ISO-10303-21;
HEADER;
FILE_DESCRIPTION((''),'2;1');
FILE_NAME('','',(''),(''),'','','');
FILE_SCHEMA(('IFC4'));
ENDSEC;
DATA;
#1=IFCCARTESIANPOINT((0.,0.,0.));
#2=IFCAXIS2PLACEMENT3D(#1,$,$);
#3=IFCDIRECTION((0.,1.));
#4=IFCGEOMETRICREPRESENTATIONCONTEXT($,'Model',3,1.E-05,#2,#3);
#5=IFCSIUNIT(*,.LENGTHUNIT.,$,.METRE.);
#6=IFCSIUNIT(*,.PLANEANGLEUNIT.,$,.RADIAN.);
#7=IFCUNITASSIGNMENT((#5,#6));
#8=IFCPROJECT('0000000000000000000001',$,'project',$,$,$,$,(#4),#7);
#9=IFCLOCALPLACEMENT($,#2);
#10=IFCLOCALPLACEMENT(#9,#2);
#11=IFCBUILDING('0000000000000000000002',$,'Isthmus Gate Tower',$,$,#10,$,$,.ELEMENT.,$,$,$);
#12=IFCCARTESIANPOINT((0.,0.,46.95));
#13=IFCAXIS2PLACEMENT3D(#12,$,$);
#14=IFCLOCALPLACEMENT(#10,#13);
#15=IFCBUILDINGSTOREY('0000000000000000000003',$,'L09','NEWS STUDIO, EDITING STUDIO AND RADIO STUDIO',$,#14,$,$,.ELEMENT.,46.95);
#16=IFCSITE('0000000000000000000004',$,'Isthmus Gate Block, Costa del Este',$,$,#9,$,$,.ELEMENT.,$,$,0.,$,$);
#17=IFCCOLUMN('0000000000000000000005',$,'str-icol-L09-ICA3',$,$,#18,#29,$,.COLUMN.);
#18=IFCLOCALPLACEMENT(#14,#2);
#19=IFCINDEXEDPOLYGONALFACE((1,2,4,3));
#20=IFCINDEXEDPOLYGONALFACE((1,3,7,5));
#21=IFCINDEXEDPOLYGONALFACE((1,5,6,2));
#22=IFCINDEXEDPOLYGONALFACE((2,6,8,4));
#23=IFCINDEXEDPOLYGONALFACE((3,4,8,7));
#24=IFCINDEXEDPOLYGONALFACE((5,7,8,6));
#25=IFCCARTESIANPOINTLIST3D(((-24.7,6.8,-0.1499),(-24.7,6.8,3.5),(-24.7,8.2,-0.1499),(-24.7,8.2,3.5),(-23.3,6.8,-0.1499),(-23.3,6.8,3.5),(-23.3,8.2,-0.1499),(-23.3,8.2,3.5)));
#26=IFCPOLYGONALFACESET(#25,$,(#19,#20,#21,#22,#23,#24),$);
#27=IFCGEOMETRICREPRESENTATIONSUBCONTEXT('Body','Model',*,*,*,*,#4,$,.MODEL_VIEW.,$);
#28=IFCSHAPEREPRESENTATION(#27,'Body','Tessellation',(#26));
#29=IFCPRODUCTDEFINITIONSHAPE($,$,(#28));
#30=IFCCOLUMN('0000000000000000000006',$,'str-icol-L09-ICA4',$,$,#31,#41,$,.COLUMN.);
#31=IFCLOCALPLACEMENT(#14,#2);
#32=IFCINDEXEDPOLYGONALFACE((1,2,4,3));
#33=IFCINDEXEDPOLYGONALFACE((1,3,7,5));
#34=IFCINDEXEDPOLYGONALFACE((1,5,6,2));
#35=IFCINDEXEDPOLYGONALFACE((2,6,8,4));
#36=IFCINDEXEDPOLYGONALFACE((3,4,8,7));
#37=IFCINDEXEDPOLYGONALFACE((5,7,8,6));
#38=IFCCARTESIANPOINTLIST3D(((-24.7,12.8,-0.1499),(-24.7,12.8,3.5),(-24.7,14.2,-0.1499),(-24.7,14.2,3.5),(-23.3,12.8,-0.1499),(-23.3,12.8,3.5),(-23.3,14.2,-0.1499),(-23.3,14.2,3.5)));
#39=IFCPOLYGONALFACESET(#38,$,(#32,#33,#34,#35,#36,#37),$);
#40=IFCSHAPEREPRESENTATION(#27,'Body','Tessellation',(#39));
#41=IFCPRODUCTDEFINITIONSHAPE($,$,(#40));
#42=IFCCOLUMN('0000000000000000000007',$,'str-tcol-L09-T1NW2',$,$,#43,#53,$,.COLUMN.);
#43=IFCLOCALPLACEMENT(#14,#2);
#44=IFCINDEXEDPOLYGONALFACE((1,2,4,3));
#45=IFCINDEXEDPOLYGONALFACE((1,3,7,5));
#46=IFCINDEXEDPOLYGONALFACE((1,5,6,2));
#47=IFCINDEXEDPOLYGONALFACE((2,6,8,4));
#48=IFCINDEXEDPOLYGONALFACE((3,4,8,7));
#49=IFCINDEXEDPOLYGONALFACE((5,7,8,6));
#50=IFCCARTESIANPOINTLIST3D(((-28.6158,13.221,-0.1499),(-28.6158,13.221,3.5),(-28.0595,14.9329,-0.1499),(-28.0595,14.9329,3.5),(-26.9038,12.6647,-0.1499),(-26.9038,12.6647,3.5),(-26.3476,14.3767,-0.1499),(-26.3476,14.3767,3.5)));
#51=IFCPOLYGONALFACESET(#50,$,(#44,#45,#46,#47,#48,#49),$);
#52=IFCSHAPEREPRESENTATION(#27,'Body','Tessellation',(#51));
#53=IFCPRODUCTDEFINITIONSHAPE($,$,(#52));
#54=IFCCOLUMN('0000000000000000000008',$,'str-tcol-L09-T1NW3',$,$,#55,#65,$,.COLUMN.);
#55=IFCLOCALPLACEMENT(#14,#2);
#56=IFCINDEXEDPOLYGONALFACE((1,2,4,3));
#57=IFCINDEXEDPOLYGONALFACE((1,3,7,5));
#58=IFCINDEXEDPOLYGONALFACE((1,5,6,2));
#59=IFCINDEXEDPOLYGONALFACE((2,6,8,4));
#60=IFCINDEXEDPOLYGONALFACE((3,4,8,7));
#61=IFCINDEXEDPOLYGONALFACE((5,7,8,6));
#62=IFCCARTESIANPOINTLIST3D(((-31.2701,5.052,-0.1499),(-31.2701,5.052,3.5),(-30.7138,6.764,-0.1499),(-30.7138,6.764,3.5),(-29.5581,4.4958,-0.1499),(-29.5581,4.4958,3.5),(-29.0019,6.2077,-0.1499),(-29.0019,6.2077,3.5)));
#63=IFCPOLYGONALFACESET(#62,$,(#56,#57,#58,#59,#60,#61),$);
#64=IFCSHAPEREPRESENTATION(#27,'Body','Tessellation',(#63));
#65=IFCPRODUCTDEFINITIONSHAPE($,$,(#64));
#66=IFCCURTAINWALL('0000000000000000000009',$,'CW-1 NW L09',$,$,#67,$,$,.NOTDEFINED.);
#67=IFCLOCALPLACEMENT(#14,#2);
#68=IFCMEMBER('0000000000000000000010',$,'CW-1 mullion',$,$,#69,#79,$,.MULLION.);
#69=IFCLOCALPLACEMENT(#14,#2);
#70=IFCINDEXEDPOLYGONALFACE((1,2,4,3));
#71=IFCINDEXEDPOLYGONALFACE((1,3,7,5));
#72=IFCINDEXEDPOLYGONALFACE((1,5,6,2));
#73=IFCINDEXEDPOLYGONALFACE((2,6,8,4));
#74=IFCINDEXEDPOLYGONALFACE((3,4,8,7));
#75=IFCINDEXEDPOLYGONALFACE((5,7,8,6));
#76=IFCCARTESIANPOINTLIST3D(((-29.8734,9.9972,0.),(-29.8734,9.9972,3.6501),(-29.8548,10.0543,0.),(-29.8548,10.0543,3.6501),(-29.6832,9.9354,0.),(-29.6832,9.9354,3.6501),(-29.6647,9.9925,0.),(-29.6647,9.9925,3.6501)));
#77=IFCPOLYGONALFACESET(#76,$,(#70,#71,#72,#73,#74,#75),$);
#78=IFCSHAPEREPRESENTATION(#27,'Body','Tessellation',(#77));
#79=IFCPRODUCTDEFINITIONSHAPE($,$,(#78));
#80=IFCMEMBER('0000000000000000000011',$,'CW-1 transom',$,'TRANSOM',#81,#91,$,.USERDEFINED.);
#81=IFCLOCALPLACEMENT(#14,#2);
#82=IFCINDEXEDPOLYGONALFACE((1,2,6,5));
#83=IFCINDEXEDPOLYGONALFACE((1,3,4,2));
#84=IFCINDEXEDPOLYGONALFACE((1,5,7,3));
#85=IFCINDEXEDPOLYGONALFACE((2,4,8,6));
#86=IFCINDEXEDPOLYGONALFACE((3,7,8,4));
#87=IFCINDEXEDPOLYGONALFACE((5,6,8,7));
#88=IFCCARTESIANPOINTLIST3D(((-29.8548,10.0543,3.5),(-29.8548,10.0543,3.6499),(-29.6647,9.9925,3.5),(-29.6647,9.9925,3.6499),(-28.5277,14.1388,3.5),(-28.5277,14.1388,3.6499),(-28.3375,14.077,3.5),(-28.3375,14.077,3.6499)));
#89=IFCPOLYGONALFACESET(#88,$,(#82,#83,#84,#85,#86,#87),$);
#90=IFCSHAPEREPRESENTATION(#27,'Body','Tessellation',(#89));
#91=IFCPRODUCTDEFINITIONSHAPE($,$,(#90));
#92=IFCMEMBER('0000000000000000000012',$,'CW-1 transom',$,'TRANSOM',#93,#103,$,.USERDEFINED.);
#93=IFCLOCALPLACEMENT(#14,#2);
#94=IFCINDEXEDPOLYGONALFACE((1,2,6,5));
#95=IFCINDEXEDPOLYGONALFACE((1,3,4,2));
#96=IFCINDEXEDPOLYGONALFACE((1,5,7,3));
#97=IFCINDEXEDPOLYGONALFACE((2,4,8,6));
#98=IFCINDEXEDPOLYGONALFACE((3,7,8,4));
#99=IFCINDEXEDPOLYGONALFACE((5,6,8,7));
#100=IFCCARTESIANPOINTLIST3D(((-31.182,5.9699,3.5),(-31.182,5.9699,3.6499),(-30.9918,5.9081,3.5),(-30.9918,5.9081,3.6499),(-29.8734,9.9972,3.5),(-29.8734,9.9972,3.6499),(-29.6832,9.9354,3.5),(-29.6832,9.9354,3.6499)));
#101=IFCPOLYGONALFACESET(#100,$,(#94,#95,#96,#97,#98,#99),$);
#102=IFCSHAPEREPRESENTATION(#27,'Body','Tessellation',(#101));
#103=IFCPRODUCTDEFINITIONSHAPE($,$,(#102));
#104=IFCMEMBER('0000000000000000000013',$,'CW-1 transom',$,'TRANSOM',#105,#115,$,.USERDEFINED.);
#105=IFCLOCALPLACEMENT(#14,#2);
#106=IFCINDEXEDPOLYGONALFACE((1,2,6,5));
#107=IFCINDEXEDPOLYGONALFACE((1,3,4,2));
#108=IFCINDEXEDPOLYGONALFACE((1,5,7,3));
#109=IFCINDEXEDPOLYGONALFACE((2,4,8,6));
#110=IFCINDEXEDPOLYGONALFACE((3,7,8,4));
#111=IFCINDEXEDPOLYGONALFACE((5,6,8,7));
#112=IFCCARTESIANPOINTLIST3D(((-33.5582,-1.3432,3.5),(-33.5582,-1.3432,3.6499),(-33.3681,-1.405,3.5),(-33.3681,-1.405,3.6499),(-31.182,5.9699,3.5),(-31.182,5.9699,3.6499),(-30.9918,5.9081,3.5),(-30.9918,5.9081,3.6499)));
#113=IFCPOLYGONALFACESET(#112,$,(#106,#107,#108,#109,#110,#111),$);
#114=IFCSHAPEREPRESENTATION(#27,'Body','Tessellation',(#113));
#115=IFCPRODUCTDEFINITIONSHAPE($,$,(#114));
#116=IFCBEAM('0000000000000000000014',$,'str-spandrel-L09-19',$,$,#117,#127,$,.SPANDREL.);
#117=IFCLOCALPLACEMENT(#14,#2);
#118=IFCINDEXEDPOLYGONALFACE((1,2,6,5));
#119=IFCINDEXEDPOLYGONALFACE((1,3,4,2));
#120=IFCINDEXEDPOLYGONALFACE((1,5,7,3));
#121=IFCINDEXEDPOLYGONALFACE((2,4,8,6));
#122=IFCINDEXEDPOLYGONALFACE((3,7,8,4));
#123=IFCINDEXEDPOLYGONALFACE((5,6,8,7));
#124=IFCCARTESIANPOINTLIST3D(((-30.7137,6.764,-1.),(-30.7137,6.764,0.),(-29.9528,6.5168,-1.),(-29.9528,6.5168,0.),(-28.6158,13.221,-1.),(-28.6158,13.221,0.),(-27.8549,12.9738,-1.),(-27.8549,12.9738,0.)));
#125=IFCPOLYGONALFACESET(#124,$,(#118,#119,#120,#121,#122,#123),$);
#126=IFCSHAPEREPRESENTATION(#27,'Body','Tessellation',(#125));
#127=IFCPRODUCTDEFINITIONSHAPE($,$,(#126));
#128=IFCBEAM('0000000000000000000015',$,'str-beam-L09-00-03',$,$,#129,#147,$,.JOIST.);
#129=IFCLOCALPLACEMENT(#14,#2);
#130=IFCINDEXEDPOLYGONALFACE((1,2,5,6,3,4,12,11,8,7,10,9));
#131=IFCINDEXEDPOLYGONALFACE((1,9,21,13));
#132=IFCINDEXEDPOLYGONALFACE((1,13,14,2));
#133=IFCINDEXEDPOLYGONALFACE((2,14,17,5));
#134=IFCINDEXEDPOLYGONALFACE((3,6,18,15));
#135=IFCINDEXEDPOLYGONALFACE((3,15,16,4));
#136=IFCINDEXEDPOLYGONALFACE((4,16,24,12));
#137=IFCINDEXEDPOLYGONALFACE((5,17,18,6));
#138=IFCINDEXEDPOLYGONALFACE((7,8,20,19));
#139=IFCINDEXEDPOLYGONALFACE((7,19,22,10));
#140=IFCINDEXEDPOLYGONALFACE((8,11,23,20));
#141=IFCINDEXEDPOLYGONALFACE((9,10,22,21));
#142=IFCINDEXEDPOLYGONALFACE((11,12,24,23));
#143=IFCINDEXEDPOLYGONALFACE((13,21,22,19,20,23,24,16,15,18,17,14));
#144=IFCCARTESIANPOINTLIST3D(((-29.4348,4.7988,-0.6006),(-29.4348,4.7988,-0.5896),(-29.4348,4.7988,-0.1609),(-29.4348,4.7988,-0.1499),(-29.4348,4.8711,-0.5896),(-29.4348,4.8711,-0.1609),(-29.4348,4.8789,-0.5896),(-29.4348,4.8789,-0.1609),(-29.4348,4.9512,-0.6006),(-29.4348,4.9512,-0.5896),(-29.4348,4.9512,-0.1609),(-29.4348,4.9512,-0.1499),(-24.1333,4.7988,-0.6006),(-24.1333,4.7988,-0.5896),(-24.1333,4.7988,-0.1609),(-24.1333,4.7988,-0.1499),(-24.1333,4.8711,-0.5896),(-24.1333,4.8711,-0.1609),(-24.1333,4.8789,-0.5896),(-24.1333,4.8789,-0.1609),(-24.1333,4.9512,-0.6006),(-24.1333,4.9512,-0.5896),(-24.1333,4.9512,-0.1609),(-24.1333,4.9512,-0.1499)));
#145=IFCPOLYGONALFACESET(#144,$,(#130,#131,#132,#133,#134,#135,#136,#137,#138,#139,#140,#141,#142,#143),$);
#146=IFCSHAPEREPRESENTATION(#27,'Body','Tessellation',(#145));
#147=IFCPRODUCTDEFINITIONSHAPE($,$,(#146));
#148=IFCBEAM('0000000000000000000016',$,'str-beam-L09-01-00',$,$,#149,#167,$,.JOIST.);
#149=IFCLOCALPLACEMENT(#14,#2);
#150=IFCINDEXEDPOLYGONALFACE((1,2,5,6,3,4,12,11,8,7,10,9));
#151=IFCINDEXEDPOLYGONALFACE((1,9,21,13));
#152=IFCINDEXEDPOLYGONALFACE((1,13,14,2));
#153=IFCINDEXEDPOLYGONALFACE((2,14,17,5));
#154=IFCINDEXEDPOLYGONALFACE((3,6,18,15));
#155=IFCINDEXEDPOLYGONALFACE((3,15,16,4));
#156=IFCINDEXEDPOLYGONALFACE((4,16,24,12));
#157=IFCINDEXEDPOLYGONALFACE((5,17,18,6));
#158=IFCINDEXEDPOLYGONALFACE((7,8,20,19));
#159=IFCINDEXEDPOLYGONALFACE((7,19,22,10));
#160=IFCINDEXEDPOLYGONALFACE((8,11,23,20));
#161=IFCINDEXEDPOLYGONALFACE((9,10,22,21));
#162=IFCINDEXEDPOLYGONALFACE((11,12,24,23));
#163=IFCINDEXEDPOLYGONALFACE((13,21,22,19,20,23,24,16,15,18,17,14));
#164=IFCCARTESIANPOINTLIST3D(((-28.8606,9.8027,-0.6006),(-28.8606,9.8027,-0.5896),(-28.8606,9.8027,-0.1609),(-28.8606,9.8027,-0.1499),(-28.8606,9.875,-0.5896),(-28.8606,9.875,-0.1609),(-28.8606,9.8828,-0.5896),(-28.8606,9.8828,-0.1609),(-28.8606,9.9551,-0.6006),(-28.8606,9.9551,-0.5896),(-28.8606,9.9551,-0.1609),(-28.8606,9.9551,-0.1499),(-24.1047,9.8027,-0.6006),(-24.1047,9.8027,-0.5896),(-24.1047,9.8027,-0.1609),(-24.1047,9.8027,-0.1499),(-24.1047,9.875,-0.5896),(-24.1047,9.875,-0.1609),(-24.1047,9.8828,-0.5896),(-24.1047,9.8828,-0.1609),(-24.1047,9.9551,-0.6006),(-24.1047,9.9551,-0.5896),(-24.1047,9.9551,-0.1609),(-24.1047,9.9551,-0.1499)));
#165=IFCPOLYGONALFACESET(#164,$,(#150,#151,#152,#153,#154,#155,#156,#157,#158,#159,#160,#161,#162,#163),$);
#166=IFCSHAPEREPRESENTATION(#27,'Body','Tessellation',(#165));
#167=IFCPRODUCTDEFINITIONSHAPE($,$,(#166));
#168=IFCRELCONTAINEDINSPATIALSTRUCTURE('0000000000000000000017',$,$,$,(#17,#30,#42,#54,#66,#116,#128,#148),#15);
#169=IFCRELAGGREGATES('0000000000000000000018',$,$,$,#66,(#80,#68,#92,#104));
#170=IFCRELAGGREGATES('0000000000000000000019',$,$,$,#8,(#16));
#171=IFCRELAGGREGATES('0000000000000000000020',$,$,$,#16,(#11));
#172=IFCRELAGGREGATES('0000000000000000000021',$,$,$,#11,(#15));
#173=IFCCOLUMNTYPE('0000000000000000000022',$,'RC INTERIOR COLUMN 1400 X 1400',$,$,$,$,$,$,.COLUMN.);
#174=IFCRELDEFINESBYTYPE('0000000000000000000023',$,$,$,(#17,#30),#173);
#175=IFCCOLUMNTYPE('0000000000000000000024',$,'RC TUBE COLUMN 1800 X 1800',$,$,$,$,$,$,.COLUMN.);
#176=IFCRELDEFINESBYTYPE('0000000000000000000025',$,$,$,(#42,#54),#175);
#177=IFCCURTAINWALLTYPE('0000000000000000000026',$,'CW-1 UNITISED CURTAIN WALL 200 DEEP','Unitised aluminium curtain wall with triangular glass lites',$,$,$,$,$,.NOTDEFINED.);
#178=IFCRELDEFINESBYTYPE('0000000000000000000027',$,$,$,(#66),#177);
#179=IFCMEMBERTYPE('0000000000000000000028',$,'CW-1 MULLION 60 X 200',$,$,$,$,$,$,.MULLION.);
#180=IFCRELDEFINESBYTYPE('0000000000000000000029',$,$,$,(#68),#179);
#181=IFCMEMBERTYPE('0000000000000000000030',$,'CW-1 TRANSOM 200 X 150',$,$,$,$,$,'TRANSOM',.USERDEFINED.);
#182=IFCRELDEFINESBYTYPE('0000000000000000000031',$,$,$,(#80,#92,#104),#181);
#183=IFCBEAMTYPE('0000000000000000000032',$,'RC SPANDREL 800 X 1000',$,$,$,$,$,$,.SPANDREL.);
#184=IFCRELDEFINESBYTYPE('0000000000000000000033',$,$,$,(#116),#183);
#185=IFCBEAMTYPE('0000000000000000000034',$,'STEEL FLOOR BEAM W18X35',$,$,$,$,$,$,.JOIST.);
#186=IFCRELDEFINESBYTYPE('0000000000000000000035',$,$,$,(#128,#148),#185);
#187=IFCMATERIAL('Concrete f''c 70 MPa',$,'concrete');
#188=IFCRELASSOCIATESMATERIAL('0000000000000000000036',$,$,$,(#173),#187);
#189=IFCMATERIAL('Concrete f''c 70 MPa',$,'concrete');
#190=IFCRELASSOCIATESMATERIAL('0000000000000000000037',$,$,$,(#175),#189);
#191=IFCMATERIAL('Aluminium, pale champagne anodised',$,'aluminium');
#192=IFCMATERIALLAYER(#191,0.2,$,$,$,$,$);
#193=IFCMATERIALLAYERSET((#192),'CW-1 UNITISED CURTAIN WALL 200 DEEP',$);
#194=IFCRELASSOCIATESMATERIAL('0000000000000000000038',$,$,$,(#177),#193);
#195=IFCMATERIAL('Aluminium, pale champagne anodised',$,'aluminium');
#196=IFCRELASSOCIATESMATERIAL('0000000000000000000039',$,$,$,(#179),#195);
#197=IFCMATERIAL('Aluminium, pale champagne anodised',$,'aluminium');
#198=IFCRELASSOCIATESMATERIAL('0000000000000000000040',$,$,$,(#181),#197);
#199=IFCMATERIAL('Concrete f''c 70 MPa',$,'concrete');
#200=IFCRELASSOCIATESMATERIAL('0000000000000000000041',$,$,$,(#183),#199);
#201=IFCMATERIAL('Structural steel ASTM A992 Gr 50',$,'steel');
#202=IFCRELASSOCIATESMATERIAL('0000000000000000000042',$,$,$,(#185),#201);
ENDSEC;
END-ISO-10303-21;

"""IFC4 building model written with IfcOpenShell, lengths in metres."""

from ifc_helpers import new_model, si_unit, direction, frame, origin, origin_2d, place, context, subcontext, project, spatial, rectangle, i_section, extrude, material, layer, layer_set, material_profile, profile_set, type_object, element, aggregate, save


model = new_model("IFC4")

# Units and contexts
model_context = context("Model", 3, precision=1e-05, world=origin(), true_north=direction((0.0, 1.0)))
body_context = subcontext(model_context, "Body", "Model", "MODEL_VIEW")
ifc_project = project(units=[si_unit("LENGTHUNIT", "METRE"), si_unit("PLANEANGLEUNIT", "RADIAN")], contexts=[model_context])

# Site, building, storey
site_placement = place(None, origin())
site = spatial("IfcSite", under=ifc_project, at=site_placement, Name="Isthmus Gate Block, Costa del Este", CompositionType="ELEMENT", RefElevation=0.0)
building_placement = place(site_placement, origin())
building = spatial("IfcBuilding", under=site, at=building_placement, Name="Isthmus Gate Tower", CompositionType="ELEMENT")
storey_placement = place(building_placement, frame((0.0, 0.0, 46.95)))
storey = spatial("IfcBuildingStorey", under=building, at=storey_placement, Name="L09", Description="NEWS STUDIO, EDITING STUDIO AND RADIO STUDIO", CompositionType="ELEMENT", Elevation=46.95)

# Columns
ifc_material_1 = material(Name="Concrete f'c 70 MPa", Category="concrete")
ifc_material_profile_1 = material_profile(ifc_material_1, rectangle(XDim=1.3999, YDim=1.3999, at=origin_2d()), Name="RC 1400X1400")
ifc_profile_set_1 = profile_set([ifc_material_profile_1], Name="Concrete f'c 70 MPa")
column_type_1 = type_object("IfcColumnType", Name="RC INTERIOR COLUMN 1400 X 1400", PredefinedType="COLUMN", material=ifc_profile_set_1)
for number, where, z_axis, x_axis, name in (
    (1, (-24.0, 7.5, -0.1499), (0.0, 0.0, 1.0), (1.0, 0.0, 0.0), "str-icol-L09-ICA3"),
    (2, (-24.0, 13.5, -0.1499), (0.0, 0.0, 1.0), (1.0, 0.0, 0.0), "str-icol-L09-ICA4"),
):
    element("IfcColumn", number, at=place(storey_placement, frame(where, z_axis=z_axis, x_axis=x_axis)), inside=storey, type_object=column_type_1, Name=name, PredefinedType="COLUMN", context=body_context, shape_type="SweptSolid", body=[
        extrude(rectangle(XDim=1.3999, YDim=1.3999, at=origin_2d()), origin(), (0.0, 0.0, 1.0), 3.6499),
    ])
ifc_material_2 = material(Name="Concrete f'c 70 MPa", Category="concrete")
ifc_material_profile_2 = material_profile(ifc_material_2, rectangle(XDim=1.8, YDim=1.8, at=origin_2d()), Name="RC 1800X1800")
ifc_profile_set_2 = profile_set([ifc_material_profile_2], Name="Concrete f'c 70 MPa")
column_type_2 = type_object("IfcColumnType", Name="RC TUBE COLUMN 1800 X 1800", PredefinedType="COLUMN", material=ifc_profile_set_2)
for number, where, z_axis, x_axis, name in (
    (3, (-27.4817, 13.7988, -0.1499), (0.0, 0.0, 1.0), (-0.309017, -0.951057, 0.0), "str-tcol-L09-T1NW2"),
    (4, (-30.136, 5.6299, -0.1499), (0.0, 0.0, 1.0), (-0.309017, -0.951057, 0.0), "str-tcol-L09-T1NW3"),
):
    element("IfcColumn", number, at=place(storey_placement, frame(where, z_axis=z_axis, x_axis=x_axis)), inside=storey, type_object=column_type_2, Name=name, PredefinedType="COLUMN", context=body_context, shape_type="SweptSolid", body=[
        extrude(rectangle(XDim=1.8, YDim=1.8, at=origin_2d()), origin(), (0.0, 0.0, 1.0), 3.6499),
    ])

# Curtain wall, members
ifc_material_3 = material(Name="Aluminium, pale champagne anodised", Category="aluminium")
ifc_layer_1 = layer(ifc_material_3, 0.2)
ifc_layer_set_1 = layer_set([ifc_layer_1], Name="CW-1 UNITISED CURTAIN WALL 200 DEEP")
curtain_wall_type = type_object("IfcCurtainWallType", Name="CW-1 UNITISED CURTAIN WALL 200 DEEP", Description="Unitised aluminium curtain wall with triangular glass lites", PredefinedType="NOTDEFINED", material=ifc_layer_set_1)
curtain_wall_placement = place(storey_placement, origin())
curtain_wall = element("IfcCurtainWall", 5, at=curtain_wall_placement, inside=storey, type_object=curtain_wall_type, Name="CW-1 NW L09", PredefinedType="NOTDEFINED")
ifc_material_4 = material(Name="Aluminium, pale champagne anodised", Category="aluminium")
ifc_material_profile_3 = material_profile(ifc_material_4, rectangle(XDim=0.0601, YDim=0.2, at=origin_2d()), Name="60x200")
ifc_profile_set_3 = profile_set([ifc_material_profile_3], Name="Aluminium, pale champagne anodised")
member_type_1 = type_object("IfcMemberType", Name="CW-1 MULLION 60 X 200", PredefinedType="MULLION", material=ifc_profile_set_3)
member_1_placement = place(storey_placement, frame((-29.769, 9.9949, 0.0), z_axis=(0.0, 0.0, 1.0), x_axis=(-0.309017, -0.951057, 0.0)))
member_1 = element("IfcMember", 6, at=member_1_placement, type_object=member_type_1, Name="CW-1 mullion", PredefinedType="MULLION", context=body_context, shape_type="SweptSolid", body=[
    extrude(rectangle(XDim=0.0601, YDim=0.2, at=origin_2d()), origin(), (0.0, 0.0, 1.0), 3.6501),
])
ifc_material_5 = material(Name="Aluminium, pale champagne anodised", Category="aluminium")
ifc_material_profile_4 = material_profile(ifc_material_5, rectangle(XDim=0.2, YDim=0.1499, at=origin_2d()), Name="200x150")
ifc_profile_set_4 = profile_set([ifc_material_profile_4], Name="Aluminium, pale champagne anodised")
member_type_2 = type_object("IfcMemberType", Name="CW-1 TRANSOM 200 X 150", ElementType="TRANSOM", PredefinedType="USERDEFINED", material=ifc_profile_set_4)
member_2_placement = place(storey_placement, frame((-28.4326, 14.1079, 3.575), z_axis=(-0.309022, -0.951055, 0.0), x_axis=(0.951055, -0.309022, 0.0)))
member_2 = element("IfcMember", 7, at=member_2_placement, type_object=member_type_2, Name="CW-1 transom", ObjectType="TRANSOM", PredefinedType="USERDEFINED", context=body_context, shape_type="SweptSolid", body=[
    extrude(rectangle(XDim=0.2, YDim=0.1499, at=origin_2d()), origin(), (0.0, 0.0, 1.0), 4.2947),
])
member_3_placement = place(storey_placement, frame((-29.7783, 9.9663, 3.575), z_axis=(-0.309023, -0.951054, 0.0), x_axis=(0.951054, -0.309023, 0.0)))
member_3 = element("IfcMember", 8, at=member_3_placement, type_object=member_type_2, Name="CW-1 transom", ObjectType="TRANSOM", PredefinedType="USERDEFINED", context=body_context, shape_type="SweptSolid", body=[
    extrude(rectangle(XDim=0.2, YDim=0.1499, at=origin_2d()), origin(), (0.0, 0.0, 1.0), 4.2346),
])
member_4_placement = place(storey_placement, frame((-31.0869, 5.939, 3.575), z_axis=(-0.309027, -0.951053, 0.0), x_axis=(0.951053, -0.309027, 0.0)))
member_4 = element("IfcMember", 9, at=member_4_placement, type_object=member_type_2, Name="CW-1 transom", ObjectType="TRANSOM", PredefinedType="USERDEFINED", context=body_context, shape_type="SweptSolid", body=[
    extrude(rectangle(XDim=0.2, YDim=0.1499, at=origin_2d()), origin(), (0.0, 0.0, 1.0), 7.6895),
])

# Beams
ifc_material_6 = material(Name="Concrete f'c 70 MPa", Category="concrete")
ifc_material_profile_5 = material_profile(ifc_material_6, rectangle(XDim=0.8, YDim=1.0, at=origin_2d()), Name="RC 800X1000")
ifc_profile_set_5 = profile_set([ifc_material_profile_5], Name="Concrete f'c 70 MPa")
beam_type_1 = type_object("IfcBeamType", Name="RC SPANDREL 800 X 1000", PredefinedType="SPANDREL", material=ifc_profile_set_5)
beam_1_placement = place(storey_placement, frame((-30.3333, 6.6404, -0.5), z_axis=(0.309002, 0.951062, 0.0), x_axis=(-0.951062, 0.309002, 0.0)))
element("IfcBeam", 10, at=beam_1_placement, inside=storey, type_object=beam_type_1, Name="str-spandrel-L09-19", PredefinedType="SPANDREL", context=body_context, shape_type="SweptSolid", body=[
    extrude(rectangle(XDim=0.8, YDim=1.0, at=origin_2d()), origin(), (0.0, 0.0, 1.0), 6.7893),
])
ifc_material_7 = material(Name="Structural steel ASTM A992 Gr 50", Category="steel")
ifc_material_profile_6 = material_profile(ifc_material_7, i_section(OverallWidth=0.1523, OverallDepth=0.4507, WebThickness=0.0078, FlangeThickness=0.011, at=origin_2d()), Name="W18X35")
ifc_profile_set_6 = profile_set([ifc_material_profile_6], Name="Structural steel ASTM A992 Gr 50")
beam_type_2 = type_object("IfcBeamType", Name="STEEL FLOOR BEAM W18X35", PredefinedType="JOIST", material=ifc_profile_set_6)
beam_2_placement = place(storey_placement, frame((-29.4348, 4.875, -0.3752), z_axis=(1.0, 0.0, 0.0), x_axis=(0.0, 1.0, 0.0)))
element("IfcBeam", 11, at=beam_2_placement, inside=storey, type_object=beam_type_2, Name="str-beam-L09-00-03", PredefinedType="JOIST", context=body_context, shape_type="SweptSolid", body=[
    extrude(i_section(OverallWidth=0.1523, OverallDepth=0.4507, WebThickness=0.0078, FlangeThickness=0.011, at=origin_2d()), origin(), (0.0, 0.0, 1.0), 5.3015),
])
beam_3_placement = place(storey_placement, frame((-28.8606, 9.8789, -0.3752), z_axis=(1.0, 0.0, 0.0), x_axis=(0.0, 1.0, 0.0)))
element("IfcBeam", 12, at=beam_3_placement, inside=storey, type_object=beam_type_2, Name="str-beam-L09-01-00", PredefinedType="JOIST", context=body_context, shape_type="SweptSolid", body=[
    extrude(i_section(OverallWidth=0.1523, OverallDepth=0.4507, WebThickness=0.0078, FlangeThickness=0.011, at=origin_2d()), origin(), (0.0, 0.0, 1.0), 4.7559),
])

aggregate(curtain_wall, [member_2, member_1, member_3, member_4])

save(model, "model.ifc")
